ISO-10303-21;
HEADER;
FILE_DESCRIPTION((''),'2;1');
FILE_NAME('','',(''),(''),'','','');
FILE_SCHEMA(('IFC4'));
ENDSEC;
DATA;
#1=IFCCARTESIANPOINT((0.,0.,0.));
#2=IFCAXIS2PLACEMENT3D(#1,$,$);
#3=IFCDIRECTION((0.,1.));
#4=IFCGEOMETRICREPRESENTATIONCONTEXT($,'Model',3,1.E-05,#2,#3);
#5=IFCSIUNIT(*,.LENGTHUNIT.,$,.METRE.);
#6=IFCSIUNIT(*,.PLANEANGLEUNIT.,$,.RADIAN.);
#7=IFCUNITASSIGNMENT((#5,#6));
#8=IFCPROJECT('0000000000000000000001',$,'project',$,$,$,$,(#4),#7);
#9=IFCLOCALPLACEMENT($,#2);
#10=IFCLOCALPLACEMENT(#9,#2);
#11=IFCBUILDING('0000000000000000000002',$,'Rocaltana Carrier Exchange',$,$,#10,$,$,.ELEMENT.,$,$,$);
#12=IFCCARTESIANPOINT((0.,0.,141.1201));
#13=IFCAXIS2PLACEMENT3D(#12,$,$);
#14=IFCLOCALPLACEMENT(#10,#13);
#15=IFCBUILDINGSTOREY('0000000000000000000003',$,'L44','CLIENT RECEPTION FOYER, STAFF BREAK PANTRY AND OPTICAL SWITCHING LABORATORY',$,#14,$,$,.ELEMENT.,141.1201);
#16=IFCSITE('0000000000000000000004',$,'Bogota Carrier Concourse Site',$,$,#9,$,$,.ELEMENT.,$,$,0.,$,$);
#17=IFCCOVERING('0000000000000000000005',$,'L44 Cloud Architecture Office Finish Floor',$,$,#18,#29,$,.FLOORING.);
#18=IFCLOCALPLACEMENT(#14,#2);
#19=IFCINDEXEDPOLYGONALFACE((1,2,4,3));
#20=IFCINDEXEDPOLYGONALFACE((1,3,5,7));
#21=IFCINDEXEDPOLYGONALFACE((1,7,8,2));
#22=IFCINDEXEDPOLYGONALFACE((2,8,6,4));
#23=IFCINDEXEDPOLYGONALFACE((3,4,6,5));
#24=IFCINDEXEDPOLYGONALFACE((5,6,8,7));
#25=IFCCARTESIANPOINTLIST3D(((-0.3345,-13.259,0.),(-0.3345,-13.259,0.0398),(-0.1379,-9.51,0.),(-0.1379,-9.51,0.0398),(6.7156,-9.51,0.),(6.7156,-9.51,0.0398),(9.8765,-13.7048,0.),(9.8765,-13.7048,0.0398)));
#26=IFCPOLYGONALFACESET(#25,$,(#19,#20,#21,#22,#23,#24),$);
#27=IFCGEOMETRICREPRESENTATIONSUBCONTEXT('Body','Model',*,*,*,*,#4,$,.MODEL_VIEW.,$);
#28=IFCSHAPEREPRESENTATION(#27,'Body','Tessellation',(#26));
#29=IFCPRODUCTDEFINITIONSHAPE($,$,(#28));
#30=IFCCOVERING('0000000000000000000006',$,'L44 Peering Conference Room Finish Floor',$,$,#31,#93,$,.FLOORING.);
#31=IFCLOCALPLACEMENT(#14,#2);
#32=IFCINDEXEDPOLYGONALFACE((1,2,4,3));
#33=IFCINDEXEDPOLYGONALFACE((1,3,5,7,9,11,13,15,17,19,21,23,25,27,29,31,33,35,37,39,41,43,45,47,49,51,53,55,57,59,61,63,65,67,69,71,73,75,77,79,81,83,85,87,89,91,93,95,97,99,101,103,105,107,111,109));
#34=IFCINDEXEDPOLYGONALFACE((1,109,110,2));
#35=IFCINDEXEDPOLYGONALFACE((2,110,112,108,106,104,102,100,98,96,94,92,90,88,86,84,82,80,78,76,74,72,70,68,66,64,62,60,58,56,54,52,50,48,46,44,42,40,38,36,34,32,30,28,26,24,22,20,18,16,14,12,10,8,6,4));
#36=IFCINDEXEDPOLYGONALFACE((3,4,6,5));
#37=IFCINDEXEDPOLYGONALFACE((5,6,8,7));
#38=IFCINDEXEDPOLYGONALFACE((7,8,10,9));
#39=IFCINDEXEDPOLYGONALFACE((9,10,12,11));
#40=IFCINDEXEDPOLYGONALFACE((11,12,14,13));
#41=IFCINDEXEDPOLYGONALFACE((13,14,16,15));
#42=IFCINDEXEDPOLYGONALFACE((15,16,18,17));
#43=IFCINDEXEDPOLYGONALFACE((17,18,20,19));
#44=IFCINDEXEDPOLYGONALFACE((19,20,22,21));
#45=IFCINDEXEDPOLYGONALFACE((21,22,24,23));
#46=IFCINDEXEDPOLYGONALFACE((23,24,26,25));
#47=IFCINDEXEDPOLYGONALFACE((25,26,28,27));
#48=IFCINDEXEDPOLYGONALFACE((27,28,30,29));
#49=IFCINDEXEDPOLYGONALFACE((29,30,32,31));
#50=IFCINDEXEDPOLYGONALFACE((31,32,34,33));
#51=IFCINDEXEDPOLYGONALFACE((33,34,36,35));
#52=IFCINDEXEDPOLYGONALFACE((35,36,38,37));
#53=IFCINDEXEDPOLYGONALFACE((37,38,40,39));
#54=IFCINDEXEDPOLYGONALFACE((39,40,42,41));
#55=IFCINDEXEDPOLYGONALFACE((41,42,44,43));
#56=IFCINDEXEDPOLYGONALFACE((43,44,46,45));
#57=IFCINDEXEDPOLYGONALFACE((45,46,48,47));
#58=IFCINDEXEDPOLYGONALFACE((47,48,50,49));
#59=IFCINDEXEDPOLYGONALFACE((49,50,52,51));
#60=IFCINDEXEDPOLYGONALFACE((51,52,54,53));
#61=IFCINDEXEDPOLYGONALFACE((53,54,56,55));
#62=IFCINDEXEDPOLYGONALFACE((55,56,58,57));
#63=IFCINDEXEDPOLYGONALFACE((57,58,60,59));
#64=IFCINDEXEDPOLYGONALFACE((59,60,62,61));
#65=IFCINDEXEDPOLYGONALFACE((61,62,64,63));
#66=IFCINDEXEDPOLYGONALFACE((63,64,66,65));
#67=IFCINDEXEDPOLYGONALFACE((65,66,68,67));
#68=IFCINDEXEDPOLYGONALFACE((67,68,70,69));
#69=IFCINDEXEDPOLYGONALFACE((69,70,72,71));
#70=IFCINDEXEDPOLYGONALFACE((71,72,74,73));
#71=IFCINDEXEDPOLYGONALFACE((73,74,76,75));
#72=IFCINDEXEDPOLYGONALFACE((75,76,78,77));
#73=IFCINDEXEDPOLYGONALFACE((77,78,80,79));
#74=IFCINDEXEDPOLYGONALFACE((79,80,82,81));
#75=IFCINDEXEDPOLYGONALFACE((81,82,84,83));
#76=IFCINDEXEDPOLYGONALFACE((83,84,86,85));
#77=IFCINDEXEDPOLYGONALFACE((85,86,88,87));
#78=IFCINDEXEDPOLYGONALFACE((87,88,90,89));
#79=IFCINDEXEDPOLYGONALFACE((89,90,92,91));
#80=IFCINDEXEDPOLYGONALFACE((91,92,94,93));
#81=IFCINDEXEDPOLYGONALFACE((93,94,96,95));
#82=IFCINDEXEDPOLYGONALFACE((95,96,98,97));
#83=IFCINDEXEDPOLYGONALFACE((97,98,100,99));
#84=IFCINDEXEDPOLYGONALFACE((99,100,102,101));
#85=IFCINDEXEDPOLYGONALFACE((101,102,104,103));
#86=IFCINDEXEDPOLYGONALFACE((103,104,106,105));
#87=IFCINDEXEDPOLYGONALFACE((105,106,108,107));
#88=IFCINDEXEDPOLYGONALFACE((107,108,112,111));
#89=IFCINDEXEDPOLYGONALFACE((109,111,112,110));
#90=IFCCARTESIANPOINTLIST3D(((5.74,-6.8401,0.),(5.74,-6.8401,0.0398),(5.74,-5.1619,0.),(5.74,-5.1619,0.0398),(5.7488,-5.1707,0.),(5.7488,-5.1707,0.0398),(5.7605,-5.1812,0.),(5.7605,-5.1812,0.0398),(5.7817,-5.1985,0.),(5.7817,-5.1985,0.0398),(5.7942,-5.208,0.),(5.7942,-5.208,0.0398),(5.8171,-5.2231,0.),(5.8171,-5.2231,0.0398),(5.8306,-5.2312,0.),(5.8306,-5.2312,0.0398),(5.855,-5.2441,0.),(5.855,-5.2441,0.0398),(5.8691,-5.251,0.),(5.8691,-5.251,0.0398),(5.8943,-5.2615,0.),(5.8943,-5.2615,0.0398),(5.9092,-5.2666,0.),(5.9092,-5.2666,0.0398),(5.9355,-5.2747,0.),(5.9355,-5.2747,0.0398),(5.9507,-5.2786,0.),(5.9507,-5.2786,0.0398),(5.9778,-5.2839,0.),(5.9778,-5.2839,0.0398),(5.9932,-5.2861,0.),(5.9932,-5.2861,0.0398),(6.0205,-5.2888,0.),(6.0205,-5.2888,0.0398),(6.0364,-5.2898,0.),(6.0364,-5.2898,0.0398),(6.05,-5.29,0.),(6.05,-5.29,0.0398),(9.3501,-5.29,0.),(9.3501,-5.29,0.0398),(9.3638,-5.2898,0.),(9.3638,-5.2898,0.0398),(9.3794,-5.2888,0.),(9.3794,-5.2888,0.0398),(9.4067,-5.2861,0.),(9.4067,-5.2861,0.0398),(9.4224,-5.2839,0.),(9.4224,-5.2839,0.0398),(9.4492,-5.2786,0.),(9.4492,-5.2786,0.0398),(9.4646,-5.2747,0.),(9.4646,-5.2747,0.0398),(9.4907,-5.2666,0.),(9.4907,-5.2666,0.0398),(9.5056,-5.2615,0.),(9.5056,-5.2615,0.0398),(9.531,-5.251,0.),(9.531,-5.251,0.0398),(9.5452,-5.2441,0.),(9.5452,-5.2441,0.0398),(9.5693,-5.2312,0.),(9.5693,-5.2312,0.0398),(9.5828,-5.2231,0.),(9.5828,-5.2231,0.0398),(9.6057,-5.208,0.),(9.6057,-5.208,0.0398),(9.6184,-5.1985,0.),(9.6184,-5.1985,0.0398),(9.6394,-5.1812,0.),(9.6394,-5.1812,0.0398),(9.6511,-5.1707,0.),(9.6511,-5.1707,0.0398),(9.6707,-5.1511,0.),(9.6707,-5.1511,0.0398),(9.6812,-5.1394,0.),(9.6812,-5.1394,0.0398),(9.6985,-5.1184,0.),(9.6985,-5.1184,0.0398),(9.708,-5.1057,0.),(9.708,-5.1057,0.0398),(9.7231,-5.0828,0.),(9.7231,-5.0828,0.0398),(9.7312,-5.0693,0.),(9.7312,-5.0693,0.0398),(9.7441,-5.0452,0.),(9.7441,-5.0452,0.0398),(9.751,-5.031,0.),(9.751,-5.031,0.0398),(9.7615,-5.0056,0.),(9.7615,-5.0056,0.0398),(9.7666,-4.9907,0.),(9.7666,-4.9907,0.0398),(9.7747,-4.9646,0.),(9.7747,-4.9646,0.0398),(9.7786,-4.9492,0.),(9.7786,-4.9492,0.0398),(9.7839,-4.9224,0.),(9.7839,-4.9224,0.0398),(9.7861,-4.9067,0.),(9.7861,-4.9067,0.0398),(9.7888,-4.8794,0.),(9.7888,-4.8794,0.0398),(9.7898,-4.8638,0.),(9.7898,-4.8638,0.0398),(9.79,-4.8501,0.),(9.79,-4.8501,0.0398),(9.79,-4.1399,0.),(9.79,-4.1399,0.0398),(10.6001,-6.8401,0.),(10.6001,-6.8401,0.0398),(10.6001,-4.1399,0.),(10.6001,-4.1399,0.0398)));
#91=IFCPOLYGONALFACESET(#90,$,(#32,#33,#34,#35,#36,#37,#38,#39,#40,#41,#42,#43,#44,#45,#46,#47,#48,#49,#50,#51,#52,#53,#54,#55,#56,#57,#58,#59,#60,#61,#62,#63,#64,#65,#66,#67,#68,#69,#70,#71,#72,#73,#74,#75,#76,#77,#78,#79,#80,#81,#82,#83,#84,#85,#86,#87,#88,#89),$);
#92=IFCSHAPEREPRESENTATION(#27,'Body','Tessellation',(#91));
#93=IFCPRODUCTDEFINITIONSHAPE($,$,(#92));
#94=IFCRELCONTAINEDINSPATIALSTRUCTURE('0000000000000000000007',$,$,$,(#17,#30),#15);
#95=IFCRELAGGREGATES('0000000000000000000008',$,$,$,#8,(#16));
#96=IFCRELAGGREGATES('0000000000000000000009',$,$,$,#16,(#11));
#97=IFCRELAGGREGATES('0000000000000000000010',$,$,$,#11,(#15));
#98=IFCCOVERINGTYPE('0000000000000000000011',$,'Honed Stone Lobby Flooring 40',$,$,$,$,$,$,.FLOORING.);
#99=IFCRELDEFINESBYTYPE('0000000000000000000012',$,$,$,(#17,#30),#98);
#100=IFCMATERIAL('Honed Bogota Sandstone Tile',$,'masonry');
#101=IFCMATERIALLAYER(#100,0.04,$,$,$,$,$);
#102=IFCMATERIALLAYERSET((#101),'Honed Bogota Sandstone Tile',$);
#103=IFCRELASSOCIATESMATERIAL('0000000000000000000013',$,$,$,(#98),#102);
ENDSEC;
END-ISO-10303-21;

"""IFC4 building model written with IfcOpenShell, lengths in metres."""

from ifc_helpers import new_model, si_unit, direction, frame, origin, place, context, subcontext, project, spatial, polyline, outline, extrude, material, layer, layer_set, type_object, element, save


model = new_model("IFC4")

# Units and contexts
model_context = context("Model", 3, precision=1e-05, world=origin(), true_north=direction((0.0, 1.0)))
body_context = subcontext(model_context, "Body", "Model", "MODEL_VIEW")
ifc_project = project(units=[si_unit("LENGTHUNIT", "METRE"), si_unit("PLANEANGLEUNIT", "RADIAN")], contexts=[model_context])

# Site, building, storey
site_placement = place(None, origin())
site = spatial("IfcSite", under=ifc_project, at=site_placement, Name="Bogota Carrier Concourse Site", CompositionType="ELEMENT", RefElevation=0.0)
building_placement = place(site_placement, origin())
building = spatial("IfcBuilding", under=site, at=building_placement, Name="Rocaltana Carrier Exchange", CompositionType="ELEMENT")
storey_placement = place(building_placement, frame((0.0, 0.0, 141.1201)))
storey = spatial("IfcBuildingStorey", under=building, at=storey_placement, Name="L44", Description="CLIENT RECEPTION FOYER, STAFF BREAK PANTRY AND OPTICAL SWITCHING LABORATORY", CompositionType="ELEMENT", Elevation=141.1201)

# Coverings
ifc_material_1 = material(Name="Honed Bogota Sandstone Tile", Category="masonry")
ifc_layer_1 = layer(ifc_material_1, 0.04)
ifc_layer_set_1 = layer_set([ifc_layer_1], Name="Honed Bogota Sandstone Tile")
covering_type_1 = type_object("IfcCoveringType", Name="Honed Stone Lobby Flooring 40", PredefinedType="FLOORING", material=ifc_layer_set_1)
covering_1_placement = place(storey_placement, origin())
element("IfcCovering", 1, at=covering_1_placement, inside=storey, type_object=covering_type_1, Name="L44 Cloud Architecture Office Finish Floor", PredefinedType="FLOORING", context=body_context, shape_type="SweptSolid", body=[
    extrude(outline(polyline([(-0.3345, -13.259), (-0.1379, -9.51), (6.7156, -9.51), (9.8765, -13.7048), (-0.3345, -13.259)])), origin(), (0.0, 0.0, 1.0), 0.0398),
])
covering_2_placement = place(storey_placement, origin())
element("IfcCovering", 2, at=covering_2_placement, inside=storey, type_object=covering_type_1, Name="L44 Peering Conference Room Finish Floor", PredefinedType="FLOORING", context=body_context, shape_type="SweptSolid", body=[
    extrude(outline(polyline([(5.74, -6.8401), (5.74, -5.1619), (5.7488, -5.1707), (5.7605, -5.1812), (5.7817, -5.1985), (5.7942, -5.208), (5.8171, -5.2231), (5.8306, -5.2312), (5.855, -5.2441), (5.8691, -5.251), (5.8943, -5.2615), (5.9092, -5.2666), (5.9355, -5.2747), (5.9507, -5.2786), (5.9778, -5.2839), (5.9932, -5.2861), (6.0205, -5.2888), (6.0364, -5.2898), (6.05, -5.29), (9.3501, -5.29), (9.3638, -5.2898), (9.3794, -5.2888), (9.4067, -5.2861), (9.4224, -5.2839), (9.4492, -5.2786), (9.4646, -5.2747), (9.4907, -5.2666), (9.5056, -5.2615), (9.531, -5.251), (9.5452, -5.2441), (9.5693, -5.2312), (9.5828, -5.2231), (9.6057, -5.208), (9.6184, -5.1985), (9.6394, -5.1812), (9.6511, -5.1707), (9.6707, -5.1511), (9.6812, -5.1394), (9.6985, -5.1184), (9.708, -5.1057), (9.7231, -5.0828), (9.7312, -5.0693), (9.7441, -5.0452), (9.751, -5.031), (9.7615, -5.0056), (9.7666, -4.9907), (9.7747, -4.9646), (9.7786, -4.9492), (9.7839, -4.9224), (9.7861, -4.9067), (9.7888, -4.8794), (9.7898, -4.8638), (9.79, -4.8501), (9.79, -4.1399), (10.6001, -4.1399), (10.6001, -6.8401), (5.74, -6.8401)])), origin(), (0.0, 0.0, 1.0), 0.0398),
])

save(model, "model.ifc")
